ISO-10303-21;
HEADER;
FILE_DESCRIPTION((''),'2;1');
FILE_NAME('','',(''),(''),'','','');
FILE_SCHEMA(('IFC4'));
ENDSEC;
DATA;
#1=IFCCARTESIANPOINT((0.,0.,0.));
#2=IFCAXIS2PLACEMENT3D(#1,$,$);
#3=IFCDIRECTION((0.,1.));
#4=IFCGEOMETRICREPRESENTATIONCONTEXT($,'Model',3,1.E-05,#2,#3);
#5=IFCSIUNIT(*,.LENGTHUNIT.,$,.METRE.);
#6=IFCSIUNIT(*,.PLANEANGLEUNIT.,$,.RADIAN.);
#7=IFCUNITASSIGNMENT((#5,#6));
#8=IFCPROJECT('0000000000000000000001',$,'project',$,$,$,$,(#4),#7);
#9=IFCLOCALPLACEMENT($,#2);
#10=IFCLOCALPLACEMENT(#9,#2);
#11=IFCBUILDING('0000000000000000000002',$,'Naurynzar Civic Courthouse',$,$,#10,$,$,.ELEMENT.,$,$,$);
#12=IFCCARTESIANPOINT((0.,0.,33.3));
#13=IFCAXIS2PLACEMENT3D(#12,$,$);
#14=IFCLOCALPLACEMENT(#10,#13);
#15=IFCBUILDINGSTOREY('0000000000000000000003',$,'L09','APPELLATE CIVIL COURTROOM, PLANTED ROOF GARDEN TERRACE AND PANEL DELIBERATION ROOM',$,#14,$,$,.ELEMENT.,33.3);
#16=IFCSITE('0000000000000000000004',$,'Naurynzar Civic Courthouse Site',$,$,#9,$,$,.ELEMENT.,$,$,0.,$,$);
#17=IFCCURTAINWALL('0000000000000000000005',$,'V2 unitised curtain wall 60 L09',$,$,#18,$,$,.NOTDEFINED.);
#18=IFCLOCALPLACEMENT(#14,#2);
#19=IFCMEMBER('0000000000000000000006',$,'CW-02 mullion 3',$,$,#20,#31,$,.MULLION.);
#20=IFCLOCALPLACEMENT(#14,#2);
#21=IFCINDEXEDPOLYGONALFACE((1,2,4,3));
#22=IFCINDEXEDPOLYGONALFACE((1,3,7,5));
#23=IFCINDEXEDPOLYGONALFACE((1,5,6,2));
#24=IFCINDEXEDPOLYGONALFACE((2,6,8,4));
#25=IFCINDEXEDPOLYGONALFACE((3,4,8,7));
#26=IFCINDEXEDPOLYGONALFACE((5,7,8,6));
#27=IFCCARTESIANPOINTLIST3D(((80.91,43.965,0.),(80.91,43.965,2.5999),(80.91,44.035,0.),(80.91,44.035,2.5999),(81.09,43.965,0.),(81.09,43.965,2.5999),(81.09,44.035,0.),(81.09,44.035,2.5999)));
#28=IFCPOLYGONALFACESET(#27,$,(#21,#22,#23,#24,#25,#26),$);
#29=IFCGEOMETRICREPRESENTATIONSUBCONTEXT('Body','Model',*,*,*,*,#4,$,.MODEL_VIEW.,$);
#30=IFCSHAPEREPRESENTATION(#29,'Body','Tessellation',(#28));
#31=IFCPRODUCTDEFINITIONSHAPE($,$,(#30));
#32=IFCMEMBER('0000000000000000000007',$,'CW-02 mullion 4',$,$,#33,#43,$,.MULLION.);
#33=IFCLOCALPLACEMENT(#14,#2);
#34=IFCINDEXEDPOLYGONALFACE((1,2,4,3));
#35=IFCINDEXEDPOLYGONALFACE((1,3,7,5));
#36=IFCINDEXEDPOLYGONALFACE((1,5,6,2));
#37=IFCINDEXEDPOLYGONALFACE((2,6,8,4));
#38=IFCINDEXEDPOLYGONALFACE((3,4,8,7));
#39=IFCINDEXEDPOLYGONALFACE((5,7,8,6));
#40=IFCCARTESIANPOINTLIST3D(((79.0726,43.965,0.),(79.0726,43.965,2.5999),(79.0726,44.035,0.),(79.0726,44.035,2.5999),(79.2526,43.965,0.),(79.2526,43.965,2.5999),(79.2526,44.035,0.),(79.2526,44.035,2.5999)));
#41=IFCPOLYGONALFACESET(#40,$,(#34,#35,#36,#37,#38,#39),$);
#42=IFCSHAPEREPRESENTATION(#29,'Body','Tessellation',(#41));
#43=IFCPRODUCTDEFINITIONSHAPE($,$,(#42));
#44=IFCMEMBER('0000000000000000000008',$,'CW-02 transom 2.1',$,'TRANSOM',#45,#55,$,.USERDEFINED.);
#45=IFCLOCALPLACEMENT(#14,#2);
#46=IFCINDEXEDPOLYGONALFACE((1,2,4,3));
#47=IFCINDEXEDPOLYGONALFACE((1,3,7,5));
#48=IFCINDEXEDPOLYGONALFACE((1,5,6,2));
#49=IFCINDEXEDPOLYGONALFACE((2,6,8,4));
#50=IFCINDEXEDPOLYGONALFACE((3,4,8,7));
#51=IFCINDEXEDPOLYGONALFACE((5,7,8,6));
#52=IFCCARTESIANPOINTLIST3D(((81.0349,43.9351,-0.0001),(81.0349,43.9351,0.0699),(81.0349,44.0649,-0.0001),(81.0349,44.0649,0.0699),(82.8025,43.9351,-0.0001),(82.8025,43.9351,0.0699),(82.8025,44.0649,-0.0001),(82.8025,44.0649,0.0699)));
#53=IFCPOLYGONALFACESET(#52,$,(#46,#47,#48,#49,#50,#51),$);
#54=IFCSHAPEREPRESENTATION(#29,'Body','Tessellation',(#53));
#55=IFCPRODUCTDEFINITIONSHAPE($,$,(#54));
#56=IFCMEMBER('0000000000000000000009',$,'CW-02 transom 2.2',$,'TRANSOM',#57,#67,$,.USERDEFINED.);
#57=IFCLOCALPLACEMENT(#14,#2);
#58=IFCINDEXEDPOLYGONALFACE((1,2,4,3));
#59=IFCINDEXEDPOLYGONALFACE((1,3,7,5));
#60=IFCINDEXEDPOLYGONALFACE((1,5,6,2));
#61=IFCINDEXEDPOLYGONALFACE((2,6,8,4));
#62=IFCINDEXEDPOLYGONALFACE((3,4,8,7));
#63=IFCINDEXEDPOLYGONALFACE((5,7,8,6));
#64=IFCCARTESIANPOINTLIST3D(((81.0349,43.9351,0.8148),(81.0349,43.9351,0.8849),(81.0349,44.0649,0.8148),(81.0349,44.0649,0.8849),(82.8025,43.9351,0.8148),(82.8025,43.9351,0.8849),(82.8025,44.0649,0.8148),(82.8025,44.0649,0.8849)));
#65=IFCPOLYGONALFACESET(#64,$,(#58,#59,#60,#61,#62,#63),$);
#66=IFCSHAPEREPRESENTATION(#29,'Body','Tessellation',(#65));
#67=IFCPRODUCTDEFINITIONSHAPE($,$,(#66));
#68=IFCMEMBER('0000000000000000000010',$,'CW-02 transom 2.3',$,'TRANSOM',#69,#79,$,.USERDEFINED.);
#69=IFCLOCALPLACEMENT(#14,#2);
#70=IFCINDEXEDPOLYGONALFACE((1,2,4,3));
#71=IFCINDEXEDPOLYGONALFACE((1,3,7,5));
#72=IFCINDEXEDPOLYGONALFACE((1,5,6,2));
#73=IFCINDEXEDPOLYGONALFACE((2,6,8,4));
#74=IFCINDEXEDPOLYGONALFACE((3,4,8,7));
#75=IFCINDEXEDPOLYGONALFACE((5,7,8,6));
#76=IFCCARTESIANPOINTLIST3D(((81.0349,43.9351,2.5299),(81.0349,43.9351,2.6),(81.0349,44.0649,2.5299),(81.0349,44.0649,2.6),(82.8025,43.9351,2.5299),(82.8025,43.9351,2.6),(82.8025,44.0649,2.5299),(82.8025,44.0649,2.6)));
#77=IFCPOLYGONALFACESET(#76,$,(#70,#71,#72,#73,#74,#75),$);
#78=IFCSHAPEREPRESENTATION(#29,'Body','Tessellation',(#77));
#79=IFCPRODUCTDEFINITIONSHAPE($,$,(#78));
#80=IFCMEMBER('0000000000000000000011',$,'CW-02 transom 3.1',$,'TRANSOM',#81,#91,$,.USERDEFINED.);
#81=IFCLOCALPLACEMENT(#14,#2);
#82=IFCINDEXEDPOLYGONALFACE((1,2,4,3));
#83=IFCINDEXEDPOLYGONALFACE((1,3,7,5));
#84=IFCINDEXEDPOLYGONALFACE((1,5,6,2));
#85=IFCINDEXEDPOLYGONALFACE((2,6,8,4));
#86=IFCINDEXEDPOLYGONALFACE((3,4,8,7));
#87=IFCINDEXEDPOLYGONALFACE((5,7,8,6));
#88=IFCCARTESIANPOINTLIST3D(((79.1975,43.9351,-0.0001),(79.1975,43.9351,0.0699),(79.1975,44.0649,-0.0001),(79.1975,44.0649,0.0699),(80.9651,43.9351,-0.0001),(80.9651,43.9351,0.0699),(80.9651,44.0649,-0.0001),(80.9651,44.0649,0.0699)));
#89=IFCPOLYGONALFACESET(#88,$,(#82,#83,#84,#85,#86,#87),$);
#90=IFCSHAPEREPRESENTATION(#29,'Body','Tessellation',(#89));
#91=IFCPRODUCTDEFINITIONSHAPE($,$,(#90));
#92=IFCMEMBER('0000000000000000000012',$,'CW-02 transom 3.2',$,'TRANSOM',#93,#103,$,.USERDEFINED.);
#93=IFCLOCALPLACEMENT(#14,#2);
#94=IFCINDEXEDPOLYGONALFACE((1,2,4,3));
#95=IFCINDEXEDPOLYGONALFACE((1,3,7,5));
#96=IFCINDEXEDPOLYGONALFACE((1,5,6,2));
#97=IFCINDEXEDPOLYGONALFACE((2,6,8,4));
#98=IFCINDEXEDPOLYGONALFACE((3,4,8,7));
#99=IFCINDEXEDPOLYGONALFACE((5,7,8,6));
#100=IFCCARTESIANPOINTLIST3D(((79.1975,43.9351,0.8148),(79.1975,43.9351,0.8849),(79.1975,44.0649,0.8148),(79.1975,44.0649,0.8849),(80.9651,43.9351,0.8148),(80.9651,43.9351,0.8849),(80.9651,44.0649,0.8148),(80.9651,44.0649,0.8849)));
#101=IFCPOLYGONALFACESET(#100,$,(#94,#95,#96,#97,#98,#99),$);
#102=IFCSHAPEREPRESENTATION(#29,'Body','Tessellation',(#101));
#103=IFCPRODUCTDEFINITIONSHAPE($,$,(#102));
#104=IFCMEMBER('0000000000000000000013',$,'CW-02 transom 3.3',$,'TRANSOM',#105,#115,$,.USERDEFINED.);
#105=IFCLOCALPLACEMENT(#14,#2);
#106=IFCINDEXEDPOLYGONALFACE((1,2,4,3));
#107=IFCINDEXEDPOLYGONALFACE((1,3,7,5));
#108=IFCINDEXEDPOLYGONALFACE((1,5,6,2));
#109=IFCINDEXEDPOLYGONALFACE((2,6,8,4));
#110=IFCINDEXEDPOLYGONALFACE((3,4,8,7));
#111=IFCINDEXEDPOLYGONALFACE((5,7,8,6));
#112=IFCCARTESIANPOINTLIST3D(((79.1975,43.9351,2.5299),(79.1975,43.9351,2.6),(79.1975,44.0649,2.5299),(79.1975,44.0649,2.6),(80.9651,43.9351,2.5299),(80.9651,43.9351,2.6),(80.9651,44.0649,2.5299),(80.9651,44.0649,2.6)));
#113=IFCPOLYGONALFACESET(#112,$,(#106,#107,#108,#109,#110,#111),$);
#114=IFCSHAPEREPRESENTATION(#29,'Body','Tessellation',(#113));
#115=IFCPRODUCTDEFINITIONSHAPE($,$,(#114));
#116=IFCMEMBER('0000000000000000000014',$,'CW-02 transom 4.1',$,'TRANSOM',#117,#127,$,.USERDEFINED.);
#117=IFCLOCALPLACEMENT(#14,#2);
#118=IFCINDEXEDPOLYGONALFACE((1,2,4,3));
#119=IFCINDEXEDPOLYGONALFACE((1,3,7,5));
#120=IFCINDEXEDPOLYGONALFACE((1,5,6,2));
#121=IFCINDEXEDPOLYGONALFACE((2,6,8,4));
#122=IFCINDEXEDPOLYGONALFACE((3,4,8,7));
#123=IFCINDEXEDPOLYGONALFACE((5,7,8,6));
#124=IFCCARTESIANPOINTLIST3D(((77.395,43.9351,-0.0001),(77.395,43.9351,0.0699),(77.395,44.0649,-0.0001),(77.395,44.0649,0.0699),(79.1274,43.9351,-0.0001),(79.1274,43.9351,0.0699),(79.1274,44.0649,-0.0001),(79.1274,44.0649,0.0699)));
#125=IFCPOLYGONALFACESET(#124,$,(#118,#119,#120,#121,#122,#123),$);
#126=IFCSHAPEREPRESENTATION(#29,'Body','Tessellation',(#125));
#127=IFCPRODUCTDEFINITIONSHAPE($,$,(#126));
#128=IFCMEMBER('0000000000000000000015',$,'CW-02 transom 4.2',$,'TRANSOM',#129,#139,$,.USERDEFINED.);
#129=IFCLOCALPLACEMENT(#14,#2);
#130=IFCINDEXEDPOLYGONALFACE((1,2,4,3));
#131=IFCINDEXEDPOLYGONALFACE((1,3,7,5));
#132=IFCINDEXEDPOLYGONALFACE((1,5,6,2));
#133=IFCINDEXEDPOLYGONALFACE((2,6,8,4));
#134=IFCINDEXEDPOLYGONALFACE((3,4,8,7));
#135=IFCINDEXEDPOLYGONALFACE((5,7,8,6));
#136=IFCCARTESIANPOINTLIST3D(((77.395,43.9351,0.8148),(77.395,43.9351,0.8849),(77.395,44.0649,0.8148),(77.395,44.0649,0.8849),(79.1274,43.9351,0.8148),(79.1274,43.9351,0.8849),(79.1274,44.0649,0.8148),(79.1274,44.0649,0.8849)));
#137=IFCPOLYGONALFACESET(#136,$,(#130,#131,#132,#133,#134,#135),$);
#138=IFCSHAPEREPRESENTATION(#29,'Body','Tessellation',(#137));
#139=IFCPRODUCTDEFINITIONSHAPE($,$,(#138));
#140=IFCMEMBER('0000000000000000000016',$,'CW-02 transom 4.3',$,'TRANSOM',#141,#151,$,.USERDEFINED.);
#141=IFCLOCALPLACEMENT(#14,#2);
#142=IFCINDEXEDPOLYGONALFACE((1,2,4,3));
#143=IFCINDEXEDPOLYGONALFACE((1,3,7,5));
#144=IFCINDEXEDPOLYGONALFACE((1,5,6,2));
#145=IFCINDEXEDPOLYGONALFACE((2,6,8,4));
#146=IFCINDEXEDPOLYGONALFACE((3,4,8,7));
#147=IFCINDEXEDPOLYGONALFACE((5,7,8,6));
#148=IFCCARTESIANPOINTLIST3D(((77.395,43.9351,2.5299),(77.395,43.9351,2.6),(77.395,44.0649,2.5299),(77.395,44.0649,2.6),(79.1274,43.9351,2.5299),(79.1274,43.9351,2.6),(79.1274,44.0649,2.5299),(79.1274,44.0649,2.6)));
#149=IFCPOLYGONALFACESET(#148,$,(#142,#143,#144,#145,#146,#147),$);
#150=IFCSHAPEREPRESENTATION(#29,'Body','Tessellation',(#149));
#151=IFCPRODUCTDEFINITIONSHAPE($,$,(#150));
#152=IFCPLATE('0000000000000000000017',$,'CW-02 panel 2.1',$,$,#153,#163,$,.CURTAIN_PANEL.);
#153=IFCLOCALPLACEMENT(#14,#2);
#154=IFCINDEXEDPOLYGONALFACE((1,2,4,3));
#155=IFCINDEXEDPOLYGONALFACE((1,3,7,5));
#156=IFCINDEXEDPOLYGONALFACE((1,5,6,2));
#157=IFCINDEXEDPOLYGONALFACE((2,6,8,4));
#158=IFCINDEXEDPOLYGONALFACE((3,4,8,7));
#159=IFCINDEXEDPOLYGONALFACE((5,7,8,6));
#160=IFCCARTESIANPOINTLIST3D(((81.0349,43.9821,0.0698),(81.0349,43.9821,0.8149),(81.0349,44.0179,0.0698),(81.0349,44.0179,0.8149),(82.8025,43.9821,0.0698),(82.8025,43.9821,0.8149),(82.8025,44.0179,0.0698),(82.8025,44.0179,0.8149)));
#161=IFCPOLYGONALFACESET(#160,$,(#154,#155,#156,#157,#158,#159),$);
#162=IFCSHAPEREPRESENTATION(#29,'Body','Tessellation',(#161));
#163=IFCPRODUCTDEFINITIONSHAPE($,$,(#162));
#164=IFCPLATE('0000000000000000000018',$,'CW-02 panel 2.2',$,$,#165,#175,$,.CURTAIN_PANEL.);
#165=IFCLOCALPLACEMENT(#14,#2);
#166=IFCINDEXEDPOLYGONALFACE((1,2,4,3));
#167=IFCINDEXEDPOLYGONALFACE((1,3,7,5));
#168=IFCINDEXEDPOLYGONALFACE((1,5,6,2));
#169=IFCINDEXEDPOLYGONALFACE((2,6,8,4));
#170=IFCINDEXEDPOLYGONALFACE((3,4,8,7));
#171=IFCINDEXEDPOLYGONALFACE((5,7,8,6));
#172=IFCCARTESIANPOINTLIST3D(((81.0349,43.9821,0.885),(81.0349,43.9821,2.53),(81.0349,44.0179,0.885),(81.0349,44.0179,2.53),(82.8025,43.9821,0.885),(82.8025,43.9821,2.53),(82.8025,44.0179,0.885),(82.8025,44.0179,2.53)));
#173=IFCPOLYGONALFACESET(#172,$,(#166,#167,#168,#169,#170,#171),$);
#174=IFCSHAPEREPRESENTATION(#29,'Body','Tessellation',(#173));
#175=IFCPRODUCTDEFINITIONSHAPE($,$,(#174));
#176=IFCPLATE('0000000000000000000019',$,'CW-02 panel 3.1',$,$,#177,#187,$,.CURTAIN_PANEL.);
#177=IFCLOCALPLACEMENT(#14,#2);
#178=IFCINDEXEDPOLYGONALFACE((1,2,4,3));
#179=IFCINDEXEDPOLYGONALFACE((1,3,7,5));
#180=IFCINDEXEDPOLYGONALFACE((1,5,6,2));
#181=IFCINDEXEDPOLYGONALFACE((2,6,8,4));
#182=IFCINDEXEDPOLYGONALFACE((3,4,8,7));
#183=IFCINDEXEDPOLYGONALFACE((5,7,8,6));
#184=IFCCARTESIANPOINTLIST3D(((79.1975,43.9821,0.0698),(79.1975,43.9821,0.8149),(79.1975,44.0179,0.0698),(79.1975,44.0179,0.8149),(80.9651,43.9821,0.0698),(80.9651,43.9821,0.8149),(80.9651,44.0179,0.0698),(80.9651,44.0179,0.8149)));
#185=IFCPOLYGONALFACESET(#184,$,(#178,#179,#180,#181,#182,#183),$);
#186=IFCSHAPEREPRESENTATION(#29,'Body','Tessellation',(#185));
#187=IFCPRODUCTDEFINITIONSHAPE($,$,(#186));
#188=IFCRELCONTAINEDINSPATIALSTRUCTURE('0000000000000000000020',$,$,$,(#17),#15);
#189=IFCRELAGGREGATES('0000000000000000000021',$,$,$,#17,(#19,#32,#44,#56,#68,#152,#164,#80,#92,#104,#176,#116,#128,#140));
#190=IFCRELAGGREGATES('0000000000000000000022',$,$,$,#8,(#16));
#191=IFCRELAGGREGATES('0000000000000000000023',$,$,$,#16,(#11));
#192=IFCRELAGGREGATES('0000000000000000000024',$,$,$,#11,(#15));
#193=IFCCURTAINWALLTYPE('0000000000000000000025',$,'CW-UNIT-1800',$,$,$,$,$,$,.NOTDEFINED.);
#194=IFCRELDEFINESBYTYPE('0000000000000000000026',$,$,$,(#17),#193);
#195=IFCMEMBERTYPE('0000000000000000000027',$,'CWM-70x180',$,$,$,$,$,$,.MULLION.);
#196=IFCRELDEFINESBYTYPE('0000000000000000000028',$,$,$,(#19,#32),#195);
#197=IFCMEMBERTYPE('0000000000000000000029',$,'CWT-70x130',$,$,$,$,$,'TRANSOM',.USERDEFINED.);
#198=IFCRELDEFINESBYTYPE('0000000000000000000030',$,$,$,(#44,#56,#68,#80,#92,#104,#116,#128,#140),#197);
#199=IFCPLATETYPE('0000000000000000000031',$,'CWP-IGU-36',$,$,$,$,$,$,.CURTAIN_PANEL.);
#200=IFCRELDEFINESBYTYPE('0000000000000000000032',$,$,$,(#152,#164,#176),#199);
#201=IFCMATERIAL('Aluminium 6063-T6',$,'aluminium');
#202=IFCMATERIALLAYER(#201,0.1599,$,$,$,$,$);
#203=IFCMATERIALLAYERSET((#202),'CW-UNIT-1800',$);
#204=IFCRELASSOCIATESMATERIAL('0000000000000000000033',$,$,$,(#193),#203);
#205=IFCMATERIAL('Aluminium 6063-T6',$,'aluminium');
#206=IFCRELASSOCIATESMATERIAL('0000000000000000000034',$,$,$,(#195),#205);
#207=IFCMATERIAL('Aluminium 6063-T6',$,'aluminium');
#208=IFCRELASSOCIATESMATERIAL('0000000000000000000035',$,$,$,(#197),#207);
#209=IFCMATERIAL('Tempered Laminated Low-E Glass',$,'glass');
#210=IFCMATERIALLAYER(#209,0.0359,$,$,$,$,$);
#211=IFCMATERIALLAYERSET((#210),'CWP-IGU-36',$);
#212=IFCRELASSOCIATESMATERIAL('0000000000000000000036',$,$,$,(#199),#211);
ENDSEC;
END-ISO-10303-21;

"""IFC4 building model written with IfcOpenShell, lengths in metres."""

from ifc_helpers import new_model, si_unit, direction, frame, origin, origin_2d, place, context, subcontext, project, spatial, rectangle, extrude, material, layer, layer_set, material_profile, profile_set, type_object, element, aggregate, save


model = new_model("IFC4")

# Units and contexts
model_context = context("Model", 3, precision=1e-05, world=origin(), true_north=direction((0.0, 1.0)))
body_context = subcontext(model_context, "Body", "Model", "MODEL_VIEW")
ifc_project = project(units=[si_unit("LENGTHUNIT", "METRE"), si_unit("PLANEANGLEUNIT", "RADIAN")], contexts=[model_context])

# Site, building, storey
site_placement = place(None, origin())
site = spatial("IfcSite", under=ifc_project, at=site_placement, Name="Naurynzar Civic Courthouse Site", CompositionType="ELEMENT", RefElevation=0.0)
building_placement = place(site_placement, origin())
building = spatial("IfcBuilding", under=site, at=building_placement, Name="Naurynzar Civic Courthouse", CompositionType="ELEMENT")
storey_placement = place(building_placement, frame((0.0, 0.0, 33.3)))
storey = spatial("IfcBuildingStorey", under=building, at=storey_placement, Name="L09", Description="APPELLATE CIVIL COURTROOM, PLANTED ROOF GARDEN TERRACE AND PANEL DELIBERATION ROOM", CompositionType="ELEMENT", Elevation=33.3)

# Curtain wall, members, plates
ifc_material_1 = material(Name="Aluminium 6063-T6", Category="aluminium")
ifc_layer_1 = layer(ifc_material_1, 0.1599)
ifc_layer_set_1 = layer_set([ifc_layer_1], Name="CW-UNIT-1800")
curtain_wall_type = type_object("IfcCurtainWallType", Name="CW-UNIT-1800", PredefinedType="NOTDEFINED", material=ifc_layer_set_1)
curtain_wall_placement = place(storey_placement, origin())
curtain_wall = element("IfcCurtainWall", 1, at=curtain_wall_placement, inside=storey, type_object=curtain_wall_type, Name="V2 unitised curtain wall 60 L09", PredefinedType="NOTDEFINED")
ifc_material_2 = material(Name="Aluminium 6063-T6", Category="aluminium")
ifc_material_profile_1 = material_profile(ifc_material_2, rectangle(XDim=0.0701, YDim=0.1799, at=origin_2d()), Name="ALU MULLION 70x180")
ifc_profile_set_1 = profile_set([ifc_material_profile_1], Name="Aluminium 6063-T6")
member_type_1 = type_object("IfcMemberType", Name="CWM-70x180", PredefinedType="MULLION", material=ifc_profile_set_1)
member_1_placement = place(storey_placement, frame((81.0, 44.0, 0.0), z_axis=(0.0, 0.0, 1.0), x_axis=(0.0, -1.0, 0.0)))
member_1 = element("IfcMember", 2, at=member_1_placement, type_object=member_type_1, Name="CW-02 mullion 3", PredefinedType="MULLION", context=body_context, shape_type="SweptSolid", body=[
    extrude(rectangle(XDim=0.0701, YDim=0.1799, at=origin_2d()), origin(), (0.0, 0.0, 1.0), 2.5999),
])
member_2_placement = place(storey_placement, frame((79.1626, 44.0, 0.0), z_axis=(0.0, 0.0, 1.0), x_axis=(0.0, -1.0, 0.0)))
member_2 = element("IfcMember", 3, at=member_2_placement, type_object=member_type_1, Name="CW-02 mullion 4", PredefinedType="MULLION", context=body_context, shape_type="SweptSolid", body=[
    extrude(rectangle(XDim=0.0701, YDim=0.1799, at=origin_2d()), origin(), (0.0, 0.0, 1.0), 2.5999),
])
ifc_material_3 = material(Name="Aluminium 6063-T6", Category="aluminium")
ifc_material_profile_2 = material_profile(ifc_material_3, rectangle(XDim=0.1299, YDim=0.0701, at=origin_2d()), Name="ALU TRANSOM 70x130")
ifc_profile_set_2 = profile_set([ifc_material_profile_2], Name="Aluminium 6063-T6")
member_type_2 = type_object("IfcMemberType", Name="CWT-70x130", ElementType="TRANSOM", PredefinedType="USERDEFINED", material=ifc_profile_set_2)
member_3_placement = place(storey_placement, frame((82.8025, 44.0, 0.0349), z_axis=(-1.0, 0.0, 0.0), x_axis=(0.0, -1.0, 0.0)))
member_3 = element("IfcMember", 4, at=member_3_placement, type_object=member_type_2, Name="CW-02 transom 2.1", ObjectType="TRANSOM", PredefinedType="USERDEFINED", context=body_context, shape_type="SweptSolid", body=[
    extrude(rectangle(XDim=0.1299, YDim=0.0701, at=origin_2d()), origin(), (0.0, 0.0, 1.0), 1.7676),
])
member_4_placement = place(storey_placement, frame((82.8025, 44.0, 0.8499), z_axis=(-1.0, 0.0, 0.0), x_axis=(0.0, -1.0, 0.0)))
member_4 = element("IfcMember", 5, at=member_4_placement, type_object=member_type_2, Name="CW-02 transom 2.2", ObjectType="TRANSOM", PredefinedType="USERDEFINED", context=body_context, shape_type="SweptSolid", body=[
    extrude(rectangle(XDim=0.1299, YDim=0.0701, at=origin_2d()), origin(), (0.0, 0.0, 1.0), 1.7676),
])
member_5_placement = place(storey_placement, frame((82.8025, 44.0, 2.5649), z_axis=(-1.0, 0.0, 0.0), x_axis=(0.0, -1.0, 0.0)))
member_5 = element("IfcMember", 6, at=member_5_placement, type_object=member_type_2, Name="CW-02 transom 2.3", ObjectType="TRANSOM", PredefinedType="USERDEFINED", context=body_context, shape_type="SweptSolid", body=[
    extrude(rectangle(XDim=0.1299, YDim=0.0701, at=origin_2d()), origin(), (0.0, 0.0, 1.0), 1.7676),
])
member_6_placement = place(storey_placement, frame((80.9651, 44.0, 0.0349), z_axis=(-1.0, 0.0, 0.0), x_axis=(0.0, -1.0, 0.0)))
member_6 = element("IfcMember", 7, at=member_6_placement, type_object=member_type_2, Name="CW-02 transom 3.1", ObjectType="TRANSOM", PredefinedType="USERDEFINED", context=body_context, shape_type="SweptSolid", body=[
    extrude(rectangle(XDim=0.1299, YDim=0.0701, at=origin_2d()), origin(), (0.0, 0.0, 1.0), 1.7676),
])
member_7_placement = place(storey_placement, frame((80.9651, 44.0, 0.8499), z_axis=(-1.0, 0.0, 0.0), x_axis=(0.0, -1.0, 0.0)))
member_7 = element("IfcMember", 8, at=member_7_placement, type_object=member_type_2, Name="CW-02 transom 3.2", ObjectType="TRANSOM", PredefinedType="USERDEFINED", context=body_context, shape_type="SweptSolid", body=[
    extrude(rectangle(XDim=0.1299, YDim=0.0701, at=origin_2d()), origin(), (0.0, 0.0, 1.0), 1.7676),
])
member_8_placement = place(storey_placement, frame((80.9651, 44.0, 2.5649), z_axis=(-1.0, 0.0, 0.0), x_axis=(0.0, -1.0, 0.0)))
member_8 = element("IfcMember", 9, at=member_8_placement, type_object=member_type_2, Name="CW-02 transom 3.3", ObjectType="TRANSOM", PredefinedType="USERDEFINED", context=body_context, shape_type="SweptSolid", body=[
    extrude(rectangle(XDim=0.1299, YDim=0.0701, at=origin_2d()), origin(), (0.0, 0.0, 1.0), 1.7676),
])
member_9_placement = place(storey_placement, frame((79.1274, 44.0, 0.0349), z_axis=(-1.0, 0.0, 0.0), x_axis=(0.0, -1.0, 0.0)))
member_9 = element("IfcMember", 10, at=member_9_placement, type_object=member_type_2, Name="CW-02 transom 4.1", ObjectType="TRANSOM", PredefinedType="USERDEFINED", context=body_context, shape_type="SweptSolid", body=[
    extrude(rectangle(XDim=0.1299, YDim=0.0701, at=origin_2d()), origin(), (0.0, 0.0, 1.0), 1.7324),
])
member_10_placement = place(storey_placement, frame((79.1274, 44.0, 0.8499), z_axis=(-1.0, 0.0, 0.0), x_axis=(0.0, -1.0, 0.0)))
member_10 = element("IfcMember", 11, at=member_10_placement, type_object=member_type_2, Name="CW-02 transom 4.2", ObjectType="TRANSOM", PredefinedType="USERDEFINED", context=body_context, shape_type="SweptSolid", body=[
    extrude(rectangle(XDim=0.1299, YDim=0.0701, at=origin_2d()), origin(), (0.0, 0.0, 1.0), 1.7324),
])
member_11_placement = place(storey_placement, frame((79.1274, 44.0, 2.5649), z_axis=(-1.0, 0.0, 0.0), x_axis=(0.0, -1.0, 0.0)))
member_11 = element("IfcMember", 12, at=member_11_placement, type_object=member_type_2, Name="CW-02 transom 4.3", ObjectType="TRANSOM", PredefinedType="USERDEFINED", context=body_context, shape_type="SweptSolid", body=[
    extrude(rectangle(XDim=0.1299, YDim=0.0701, at=origin_2d()), origin(), (0.0, 0.0, 1.0), 1.7324),
])
ifc_material_4 = material(Name="Tempered Laminated Low-E Glass", Category="glass")
ifc_layer_2 = layer(ifc_material_4, 0.0359)
ifc_layer_set_2 = layer_set([ifc_layer_2], Name="CWP-IGU-36")
plate_type = type_object("IfcPlateType", Name="CWP-IGU-36", PredefinedType="CURTAIN_PANEL", material=ifc_layer_set_2)
plate_1_placement = place(storey_placement, frame((81.9187, 44.0, 0.0698), z_axis=(0.0, 0.0, 1.0), x_axis=(-1.0, 0.0, 0.0)))
plate_1 = element("IfcPlate", 13, at=plate_1_placement, type_object=plate_type, Name="CW-02 panel 2.1", PredefinedType="CURTAIN_PANEL", context=body_context, shape_type="SweptSolid", body=[
    extrude(rectangle(XDim=1.7676, YDim=0.0359, at=origin_2d()), origin(), (0.0, 0.0, 1.0), 0.7451),
])
plate_2_placement = place(storey_placement, frame((81.9187, 44.0, 0.885), z_axis=(0.0, 0.0, 1.0), x_axis=(-1.0, 0.0, 0.0)))
plate_2 = element("IfcPlate", 14, at=plate_2_placement, type_object=plate_type, Name="CW-02 panel 2.2", PredefinedType="CURTAIN_PANEL", context=body_context, shape_type="SweptSolid", body=[
    extrude(rectangle(XDim=1.7676, YDim=0.0359, at=origin_2d()), origin(), (0.0, 0.0, 1.0), 1.645),
])
plate_3_placement = place(storey_placement, frame((80.0813, 44.0, 0.0698), z_axis=(0.0, 0.0, 1.0), x_axis=(-1.0, 0.0, 0.0)))
plate_3 = element("IfcPlate", 15, at=plate_3_placement, type_object=plate_type, Name="CW-02 panel 3.1", PredefinedType="CURTAIN_PANEL", context=body_context, shape_type="SweptSolid", body=[
    extrude(rectangle(XDim=1.7676, YDim=0.0359, at=origin_2d()), origin(), (0.0, 0.0, 1.0), 0.7451),
])
aggregate(curtain_wall, [member_1, member_2, member_3, member_4, member_5, plate_1, plate_2, member_6, member_7, member_8, plate_3, member_9, member_10, member_11])

save(model, "model.ifc")
